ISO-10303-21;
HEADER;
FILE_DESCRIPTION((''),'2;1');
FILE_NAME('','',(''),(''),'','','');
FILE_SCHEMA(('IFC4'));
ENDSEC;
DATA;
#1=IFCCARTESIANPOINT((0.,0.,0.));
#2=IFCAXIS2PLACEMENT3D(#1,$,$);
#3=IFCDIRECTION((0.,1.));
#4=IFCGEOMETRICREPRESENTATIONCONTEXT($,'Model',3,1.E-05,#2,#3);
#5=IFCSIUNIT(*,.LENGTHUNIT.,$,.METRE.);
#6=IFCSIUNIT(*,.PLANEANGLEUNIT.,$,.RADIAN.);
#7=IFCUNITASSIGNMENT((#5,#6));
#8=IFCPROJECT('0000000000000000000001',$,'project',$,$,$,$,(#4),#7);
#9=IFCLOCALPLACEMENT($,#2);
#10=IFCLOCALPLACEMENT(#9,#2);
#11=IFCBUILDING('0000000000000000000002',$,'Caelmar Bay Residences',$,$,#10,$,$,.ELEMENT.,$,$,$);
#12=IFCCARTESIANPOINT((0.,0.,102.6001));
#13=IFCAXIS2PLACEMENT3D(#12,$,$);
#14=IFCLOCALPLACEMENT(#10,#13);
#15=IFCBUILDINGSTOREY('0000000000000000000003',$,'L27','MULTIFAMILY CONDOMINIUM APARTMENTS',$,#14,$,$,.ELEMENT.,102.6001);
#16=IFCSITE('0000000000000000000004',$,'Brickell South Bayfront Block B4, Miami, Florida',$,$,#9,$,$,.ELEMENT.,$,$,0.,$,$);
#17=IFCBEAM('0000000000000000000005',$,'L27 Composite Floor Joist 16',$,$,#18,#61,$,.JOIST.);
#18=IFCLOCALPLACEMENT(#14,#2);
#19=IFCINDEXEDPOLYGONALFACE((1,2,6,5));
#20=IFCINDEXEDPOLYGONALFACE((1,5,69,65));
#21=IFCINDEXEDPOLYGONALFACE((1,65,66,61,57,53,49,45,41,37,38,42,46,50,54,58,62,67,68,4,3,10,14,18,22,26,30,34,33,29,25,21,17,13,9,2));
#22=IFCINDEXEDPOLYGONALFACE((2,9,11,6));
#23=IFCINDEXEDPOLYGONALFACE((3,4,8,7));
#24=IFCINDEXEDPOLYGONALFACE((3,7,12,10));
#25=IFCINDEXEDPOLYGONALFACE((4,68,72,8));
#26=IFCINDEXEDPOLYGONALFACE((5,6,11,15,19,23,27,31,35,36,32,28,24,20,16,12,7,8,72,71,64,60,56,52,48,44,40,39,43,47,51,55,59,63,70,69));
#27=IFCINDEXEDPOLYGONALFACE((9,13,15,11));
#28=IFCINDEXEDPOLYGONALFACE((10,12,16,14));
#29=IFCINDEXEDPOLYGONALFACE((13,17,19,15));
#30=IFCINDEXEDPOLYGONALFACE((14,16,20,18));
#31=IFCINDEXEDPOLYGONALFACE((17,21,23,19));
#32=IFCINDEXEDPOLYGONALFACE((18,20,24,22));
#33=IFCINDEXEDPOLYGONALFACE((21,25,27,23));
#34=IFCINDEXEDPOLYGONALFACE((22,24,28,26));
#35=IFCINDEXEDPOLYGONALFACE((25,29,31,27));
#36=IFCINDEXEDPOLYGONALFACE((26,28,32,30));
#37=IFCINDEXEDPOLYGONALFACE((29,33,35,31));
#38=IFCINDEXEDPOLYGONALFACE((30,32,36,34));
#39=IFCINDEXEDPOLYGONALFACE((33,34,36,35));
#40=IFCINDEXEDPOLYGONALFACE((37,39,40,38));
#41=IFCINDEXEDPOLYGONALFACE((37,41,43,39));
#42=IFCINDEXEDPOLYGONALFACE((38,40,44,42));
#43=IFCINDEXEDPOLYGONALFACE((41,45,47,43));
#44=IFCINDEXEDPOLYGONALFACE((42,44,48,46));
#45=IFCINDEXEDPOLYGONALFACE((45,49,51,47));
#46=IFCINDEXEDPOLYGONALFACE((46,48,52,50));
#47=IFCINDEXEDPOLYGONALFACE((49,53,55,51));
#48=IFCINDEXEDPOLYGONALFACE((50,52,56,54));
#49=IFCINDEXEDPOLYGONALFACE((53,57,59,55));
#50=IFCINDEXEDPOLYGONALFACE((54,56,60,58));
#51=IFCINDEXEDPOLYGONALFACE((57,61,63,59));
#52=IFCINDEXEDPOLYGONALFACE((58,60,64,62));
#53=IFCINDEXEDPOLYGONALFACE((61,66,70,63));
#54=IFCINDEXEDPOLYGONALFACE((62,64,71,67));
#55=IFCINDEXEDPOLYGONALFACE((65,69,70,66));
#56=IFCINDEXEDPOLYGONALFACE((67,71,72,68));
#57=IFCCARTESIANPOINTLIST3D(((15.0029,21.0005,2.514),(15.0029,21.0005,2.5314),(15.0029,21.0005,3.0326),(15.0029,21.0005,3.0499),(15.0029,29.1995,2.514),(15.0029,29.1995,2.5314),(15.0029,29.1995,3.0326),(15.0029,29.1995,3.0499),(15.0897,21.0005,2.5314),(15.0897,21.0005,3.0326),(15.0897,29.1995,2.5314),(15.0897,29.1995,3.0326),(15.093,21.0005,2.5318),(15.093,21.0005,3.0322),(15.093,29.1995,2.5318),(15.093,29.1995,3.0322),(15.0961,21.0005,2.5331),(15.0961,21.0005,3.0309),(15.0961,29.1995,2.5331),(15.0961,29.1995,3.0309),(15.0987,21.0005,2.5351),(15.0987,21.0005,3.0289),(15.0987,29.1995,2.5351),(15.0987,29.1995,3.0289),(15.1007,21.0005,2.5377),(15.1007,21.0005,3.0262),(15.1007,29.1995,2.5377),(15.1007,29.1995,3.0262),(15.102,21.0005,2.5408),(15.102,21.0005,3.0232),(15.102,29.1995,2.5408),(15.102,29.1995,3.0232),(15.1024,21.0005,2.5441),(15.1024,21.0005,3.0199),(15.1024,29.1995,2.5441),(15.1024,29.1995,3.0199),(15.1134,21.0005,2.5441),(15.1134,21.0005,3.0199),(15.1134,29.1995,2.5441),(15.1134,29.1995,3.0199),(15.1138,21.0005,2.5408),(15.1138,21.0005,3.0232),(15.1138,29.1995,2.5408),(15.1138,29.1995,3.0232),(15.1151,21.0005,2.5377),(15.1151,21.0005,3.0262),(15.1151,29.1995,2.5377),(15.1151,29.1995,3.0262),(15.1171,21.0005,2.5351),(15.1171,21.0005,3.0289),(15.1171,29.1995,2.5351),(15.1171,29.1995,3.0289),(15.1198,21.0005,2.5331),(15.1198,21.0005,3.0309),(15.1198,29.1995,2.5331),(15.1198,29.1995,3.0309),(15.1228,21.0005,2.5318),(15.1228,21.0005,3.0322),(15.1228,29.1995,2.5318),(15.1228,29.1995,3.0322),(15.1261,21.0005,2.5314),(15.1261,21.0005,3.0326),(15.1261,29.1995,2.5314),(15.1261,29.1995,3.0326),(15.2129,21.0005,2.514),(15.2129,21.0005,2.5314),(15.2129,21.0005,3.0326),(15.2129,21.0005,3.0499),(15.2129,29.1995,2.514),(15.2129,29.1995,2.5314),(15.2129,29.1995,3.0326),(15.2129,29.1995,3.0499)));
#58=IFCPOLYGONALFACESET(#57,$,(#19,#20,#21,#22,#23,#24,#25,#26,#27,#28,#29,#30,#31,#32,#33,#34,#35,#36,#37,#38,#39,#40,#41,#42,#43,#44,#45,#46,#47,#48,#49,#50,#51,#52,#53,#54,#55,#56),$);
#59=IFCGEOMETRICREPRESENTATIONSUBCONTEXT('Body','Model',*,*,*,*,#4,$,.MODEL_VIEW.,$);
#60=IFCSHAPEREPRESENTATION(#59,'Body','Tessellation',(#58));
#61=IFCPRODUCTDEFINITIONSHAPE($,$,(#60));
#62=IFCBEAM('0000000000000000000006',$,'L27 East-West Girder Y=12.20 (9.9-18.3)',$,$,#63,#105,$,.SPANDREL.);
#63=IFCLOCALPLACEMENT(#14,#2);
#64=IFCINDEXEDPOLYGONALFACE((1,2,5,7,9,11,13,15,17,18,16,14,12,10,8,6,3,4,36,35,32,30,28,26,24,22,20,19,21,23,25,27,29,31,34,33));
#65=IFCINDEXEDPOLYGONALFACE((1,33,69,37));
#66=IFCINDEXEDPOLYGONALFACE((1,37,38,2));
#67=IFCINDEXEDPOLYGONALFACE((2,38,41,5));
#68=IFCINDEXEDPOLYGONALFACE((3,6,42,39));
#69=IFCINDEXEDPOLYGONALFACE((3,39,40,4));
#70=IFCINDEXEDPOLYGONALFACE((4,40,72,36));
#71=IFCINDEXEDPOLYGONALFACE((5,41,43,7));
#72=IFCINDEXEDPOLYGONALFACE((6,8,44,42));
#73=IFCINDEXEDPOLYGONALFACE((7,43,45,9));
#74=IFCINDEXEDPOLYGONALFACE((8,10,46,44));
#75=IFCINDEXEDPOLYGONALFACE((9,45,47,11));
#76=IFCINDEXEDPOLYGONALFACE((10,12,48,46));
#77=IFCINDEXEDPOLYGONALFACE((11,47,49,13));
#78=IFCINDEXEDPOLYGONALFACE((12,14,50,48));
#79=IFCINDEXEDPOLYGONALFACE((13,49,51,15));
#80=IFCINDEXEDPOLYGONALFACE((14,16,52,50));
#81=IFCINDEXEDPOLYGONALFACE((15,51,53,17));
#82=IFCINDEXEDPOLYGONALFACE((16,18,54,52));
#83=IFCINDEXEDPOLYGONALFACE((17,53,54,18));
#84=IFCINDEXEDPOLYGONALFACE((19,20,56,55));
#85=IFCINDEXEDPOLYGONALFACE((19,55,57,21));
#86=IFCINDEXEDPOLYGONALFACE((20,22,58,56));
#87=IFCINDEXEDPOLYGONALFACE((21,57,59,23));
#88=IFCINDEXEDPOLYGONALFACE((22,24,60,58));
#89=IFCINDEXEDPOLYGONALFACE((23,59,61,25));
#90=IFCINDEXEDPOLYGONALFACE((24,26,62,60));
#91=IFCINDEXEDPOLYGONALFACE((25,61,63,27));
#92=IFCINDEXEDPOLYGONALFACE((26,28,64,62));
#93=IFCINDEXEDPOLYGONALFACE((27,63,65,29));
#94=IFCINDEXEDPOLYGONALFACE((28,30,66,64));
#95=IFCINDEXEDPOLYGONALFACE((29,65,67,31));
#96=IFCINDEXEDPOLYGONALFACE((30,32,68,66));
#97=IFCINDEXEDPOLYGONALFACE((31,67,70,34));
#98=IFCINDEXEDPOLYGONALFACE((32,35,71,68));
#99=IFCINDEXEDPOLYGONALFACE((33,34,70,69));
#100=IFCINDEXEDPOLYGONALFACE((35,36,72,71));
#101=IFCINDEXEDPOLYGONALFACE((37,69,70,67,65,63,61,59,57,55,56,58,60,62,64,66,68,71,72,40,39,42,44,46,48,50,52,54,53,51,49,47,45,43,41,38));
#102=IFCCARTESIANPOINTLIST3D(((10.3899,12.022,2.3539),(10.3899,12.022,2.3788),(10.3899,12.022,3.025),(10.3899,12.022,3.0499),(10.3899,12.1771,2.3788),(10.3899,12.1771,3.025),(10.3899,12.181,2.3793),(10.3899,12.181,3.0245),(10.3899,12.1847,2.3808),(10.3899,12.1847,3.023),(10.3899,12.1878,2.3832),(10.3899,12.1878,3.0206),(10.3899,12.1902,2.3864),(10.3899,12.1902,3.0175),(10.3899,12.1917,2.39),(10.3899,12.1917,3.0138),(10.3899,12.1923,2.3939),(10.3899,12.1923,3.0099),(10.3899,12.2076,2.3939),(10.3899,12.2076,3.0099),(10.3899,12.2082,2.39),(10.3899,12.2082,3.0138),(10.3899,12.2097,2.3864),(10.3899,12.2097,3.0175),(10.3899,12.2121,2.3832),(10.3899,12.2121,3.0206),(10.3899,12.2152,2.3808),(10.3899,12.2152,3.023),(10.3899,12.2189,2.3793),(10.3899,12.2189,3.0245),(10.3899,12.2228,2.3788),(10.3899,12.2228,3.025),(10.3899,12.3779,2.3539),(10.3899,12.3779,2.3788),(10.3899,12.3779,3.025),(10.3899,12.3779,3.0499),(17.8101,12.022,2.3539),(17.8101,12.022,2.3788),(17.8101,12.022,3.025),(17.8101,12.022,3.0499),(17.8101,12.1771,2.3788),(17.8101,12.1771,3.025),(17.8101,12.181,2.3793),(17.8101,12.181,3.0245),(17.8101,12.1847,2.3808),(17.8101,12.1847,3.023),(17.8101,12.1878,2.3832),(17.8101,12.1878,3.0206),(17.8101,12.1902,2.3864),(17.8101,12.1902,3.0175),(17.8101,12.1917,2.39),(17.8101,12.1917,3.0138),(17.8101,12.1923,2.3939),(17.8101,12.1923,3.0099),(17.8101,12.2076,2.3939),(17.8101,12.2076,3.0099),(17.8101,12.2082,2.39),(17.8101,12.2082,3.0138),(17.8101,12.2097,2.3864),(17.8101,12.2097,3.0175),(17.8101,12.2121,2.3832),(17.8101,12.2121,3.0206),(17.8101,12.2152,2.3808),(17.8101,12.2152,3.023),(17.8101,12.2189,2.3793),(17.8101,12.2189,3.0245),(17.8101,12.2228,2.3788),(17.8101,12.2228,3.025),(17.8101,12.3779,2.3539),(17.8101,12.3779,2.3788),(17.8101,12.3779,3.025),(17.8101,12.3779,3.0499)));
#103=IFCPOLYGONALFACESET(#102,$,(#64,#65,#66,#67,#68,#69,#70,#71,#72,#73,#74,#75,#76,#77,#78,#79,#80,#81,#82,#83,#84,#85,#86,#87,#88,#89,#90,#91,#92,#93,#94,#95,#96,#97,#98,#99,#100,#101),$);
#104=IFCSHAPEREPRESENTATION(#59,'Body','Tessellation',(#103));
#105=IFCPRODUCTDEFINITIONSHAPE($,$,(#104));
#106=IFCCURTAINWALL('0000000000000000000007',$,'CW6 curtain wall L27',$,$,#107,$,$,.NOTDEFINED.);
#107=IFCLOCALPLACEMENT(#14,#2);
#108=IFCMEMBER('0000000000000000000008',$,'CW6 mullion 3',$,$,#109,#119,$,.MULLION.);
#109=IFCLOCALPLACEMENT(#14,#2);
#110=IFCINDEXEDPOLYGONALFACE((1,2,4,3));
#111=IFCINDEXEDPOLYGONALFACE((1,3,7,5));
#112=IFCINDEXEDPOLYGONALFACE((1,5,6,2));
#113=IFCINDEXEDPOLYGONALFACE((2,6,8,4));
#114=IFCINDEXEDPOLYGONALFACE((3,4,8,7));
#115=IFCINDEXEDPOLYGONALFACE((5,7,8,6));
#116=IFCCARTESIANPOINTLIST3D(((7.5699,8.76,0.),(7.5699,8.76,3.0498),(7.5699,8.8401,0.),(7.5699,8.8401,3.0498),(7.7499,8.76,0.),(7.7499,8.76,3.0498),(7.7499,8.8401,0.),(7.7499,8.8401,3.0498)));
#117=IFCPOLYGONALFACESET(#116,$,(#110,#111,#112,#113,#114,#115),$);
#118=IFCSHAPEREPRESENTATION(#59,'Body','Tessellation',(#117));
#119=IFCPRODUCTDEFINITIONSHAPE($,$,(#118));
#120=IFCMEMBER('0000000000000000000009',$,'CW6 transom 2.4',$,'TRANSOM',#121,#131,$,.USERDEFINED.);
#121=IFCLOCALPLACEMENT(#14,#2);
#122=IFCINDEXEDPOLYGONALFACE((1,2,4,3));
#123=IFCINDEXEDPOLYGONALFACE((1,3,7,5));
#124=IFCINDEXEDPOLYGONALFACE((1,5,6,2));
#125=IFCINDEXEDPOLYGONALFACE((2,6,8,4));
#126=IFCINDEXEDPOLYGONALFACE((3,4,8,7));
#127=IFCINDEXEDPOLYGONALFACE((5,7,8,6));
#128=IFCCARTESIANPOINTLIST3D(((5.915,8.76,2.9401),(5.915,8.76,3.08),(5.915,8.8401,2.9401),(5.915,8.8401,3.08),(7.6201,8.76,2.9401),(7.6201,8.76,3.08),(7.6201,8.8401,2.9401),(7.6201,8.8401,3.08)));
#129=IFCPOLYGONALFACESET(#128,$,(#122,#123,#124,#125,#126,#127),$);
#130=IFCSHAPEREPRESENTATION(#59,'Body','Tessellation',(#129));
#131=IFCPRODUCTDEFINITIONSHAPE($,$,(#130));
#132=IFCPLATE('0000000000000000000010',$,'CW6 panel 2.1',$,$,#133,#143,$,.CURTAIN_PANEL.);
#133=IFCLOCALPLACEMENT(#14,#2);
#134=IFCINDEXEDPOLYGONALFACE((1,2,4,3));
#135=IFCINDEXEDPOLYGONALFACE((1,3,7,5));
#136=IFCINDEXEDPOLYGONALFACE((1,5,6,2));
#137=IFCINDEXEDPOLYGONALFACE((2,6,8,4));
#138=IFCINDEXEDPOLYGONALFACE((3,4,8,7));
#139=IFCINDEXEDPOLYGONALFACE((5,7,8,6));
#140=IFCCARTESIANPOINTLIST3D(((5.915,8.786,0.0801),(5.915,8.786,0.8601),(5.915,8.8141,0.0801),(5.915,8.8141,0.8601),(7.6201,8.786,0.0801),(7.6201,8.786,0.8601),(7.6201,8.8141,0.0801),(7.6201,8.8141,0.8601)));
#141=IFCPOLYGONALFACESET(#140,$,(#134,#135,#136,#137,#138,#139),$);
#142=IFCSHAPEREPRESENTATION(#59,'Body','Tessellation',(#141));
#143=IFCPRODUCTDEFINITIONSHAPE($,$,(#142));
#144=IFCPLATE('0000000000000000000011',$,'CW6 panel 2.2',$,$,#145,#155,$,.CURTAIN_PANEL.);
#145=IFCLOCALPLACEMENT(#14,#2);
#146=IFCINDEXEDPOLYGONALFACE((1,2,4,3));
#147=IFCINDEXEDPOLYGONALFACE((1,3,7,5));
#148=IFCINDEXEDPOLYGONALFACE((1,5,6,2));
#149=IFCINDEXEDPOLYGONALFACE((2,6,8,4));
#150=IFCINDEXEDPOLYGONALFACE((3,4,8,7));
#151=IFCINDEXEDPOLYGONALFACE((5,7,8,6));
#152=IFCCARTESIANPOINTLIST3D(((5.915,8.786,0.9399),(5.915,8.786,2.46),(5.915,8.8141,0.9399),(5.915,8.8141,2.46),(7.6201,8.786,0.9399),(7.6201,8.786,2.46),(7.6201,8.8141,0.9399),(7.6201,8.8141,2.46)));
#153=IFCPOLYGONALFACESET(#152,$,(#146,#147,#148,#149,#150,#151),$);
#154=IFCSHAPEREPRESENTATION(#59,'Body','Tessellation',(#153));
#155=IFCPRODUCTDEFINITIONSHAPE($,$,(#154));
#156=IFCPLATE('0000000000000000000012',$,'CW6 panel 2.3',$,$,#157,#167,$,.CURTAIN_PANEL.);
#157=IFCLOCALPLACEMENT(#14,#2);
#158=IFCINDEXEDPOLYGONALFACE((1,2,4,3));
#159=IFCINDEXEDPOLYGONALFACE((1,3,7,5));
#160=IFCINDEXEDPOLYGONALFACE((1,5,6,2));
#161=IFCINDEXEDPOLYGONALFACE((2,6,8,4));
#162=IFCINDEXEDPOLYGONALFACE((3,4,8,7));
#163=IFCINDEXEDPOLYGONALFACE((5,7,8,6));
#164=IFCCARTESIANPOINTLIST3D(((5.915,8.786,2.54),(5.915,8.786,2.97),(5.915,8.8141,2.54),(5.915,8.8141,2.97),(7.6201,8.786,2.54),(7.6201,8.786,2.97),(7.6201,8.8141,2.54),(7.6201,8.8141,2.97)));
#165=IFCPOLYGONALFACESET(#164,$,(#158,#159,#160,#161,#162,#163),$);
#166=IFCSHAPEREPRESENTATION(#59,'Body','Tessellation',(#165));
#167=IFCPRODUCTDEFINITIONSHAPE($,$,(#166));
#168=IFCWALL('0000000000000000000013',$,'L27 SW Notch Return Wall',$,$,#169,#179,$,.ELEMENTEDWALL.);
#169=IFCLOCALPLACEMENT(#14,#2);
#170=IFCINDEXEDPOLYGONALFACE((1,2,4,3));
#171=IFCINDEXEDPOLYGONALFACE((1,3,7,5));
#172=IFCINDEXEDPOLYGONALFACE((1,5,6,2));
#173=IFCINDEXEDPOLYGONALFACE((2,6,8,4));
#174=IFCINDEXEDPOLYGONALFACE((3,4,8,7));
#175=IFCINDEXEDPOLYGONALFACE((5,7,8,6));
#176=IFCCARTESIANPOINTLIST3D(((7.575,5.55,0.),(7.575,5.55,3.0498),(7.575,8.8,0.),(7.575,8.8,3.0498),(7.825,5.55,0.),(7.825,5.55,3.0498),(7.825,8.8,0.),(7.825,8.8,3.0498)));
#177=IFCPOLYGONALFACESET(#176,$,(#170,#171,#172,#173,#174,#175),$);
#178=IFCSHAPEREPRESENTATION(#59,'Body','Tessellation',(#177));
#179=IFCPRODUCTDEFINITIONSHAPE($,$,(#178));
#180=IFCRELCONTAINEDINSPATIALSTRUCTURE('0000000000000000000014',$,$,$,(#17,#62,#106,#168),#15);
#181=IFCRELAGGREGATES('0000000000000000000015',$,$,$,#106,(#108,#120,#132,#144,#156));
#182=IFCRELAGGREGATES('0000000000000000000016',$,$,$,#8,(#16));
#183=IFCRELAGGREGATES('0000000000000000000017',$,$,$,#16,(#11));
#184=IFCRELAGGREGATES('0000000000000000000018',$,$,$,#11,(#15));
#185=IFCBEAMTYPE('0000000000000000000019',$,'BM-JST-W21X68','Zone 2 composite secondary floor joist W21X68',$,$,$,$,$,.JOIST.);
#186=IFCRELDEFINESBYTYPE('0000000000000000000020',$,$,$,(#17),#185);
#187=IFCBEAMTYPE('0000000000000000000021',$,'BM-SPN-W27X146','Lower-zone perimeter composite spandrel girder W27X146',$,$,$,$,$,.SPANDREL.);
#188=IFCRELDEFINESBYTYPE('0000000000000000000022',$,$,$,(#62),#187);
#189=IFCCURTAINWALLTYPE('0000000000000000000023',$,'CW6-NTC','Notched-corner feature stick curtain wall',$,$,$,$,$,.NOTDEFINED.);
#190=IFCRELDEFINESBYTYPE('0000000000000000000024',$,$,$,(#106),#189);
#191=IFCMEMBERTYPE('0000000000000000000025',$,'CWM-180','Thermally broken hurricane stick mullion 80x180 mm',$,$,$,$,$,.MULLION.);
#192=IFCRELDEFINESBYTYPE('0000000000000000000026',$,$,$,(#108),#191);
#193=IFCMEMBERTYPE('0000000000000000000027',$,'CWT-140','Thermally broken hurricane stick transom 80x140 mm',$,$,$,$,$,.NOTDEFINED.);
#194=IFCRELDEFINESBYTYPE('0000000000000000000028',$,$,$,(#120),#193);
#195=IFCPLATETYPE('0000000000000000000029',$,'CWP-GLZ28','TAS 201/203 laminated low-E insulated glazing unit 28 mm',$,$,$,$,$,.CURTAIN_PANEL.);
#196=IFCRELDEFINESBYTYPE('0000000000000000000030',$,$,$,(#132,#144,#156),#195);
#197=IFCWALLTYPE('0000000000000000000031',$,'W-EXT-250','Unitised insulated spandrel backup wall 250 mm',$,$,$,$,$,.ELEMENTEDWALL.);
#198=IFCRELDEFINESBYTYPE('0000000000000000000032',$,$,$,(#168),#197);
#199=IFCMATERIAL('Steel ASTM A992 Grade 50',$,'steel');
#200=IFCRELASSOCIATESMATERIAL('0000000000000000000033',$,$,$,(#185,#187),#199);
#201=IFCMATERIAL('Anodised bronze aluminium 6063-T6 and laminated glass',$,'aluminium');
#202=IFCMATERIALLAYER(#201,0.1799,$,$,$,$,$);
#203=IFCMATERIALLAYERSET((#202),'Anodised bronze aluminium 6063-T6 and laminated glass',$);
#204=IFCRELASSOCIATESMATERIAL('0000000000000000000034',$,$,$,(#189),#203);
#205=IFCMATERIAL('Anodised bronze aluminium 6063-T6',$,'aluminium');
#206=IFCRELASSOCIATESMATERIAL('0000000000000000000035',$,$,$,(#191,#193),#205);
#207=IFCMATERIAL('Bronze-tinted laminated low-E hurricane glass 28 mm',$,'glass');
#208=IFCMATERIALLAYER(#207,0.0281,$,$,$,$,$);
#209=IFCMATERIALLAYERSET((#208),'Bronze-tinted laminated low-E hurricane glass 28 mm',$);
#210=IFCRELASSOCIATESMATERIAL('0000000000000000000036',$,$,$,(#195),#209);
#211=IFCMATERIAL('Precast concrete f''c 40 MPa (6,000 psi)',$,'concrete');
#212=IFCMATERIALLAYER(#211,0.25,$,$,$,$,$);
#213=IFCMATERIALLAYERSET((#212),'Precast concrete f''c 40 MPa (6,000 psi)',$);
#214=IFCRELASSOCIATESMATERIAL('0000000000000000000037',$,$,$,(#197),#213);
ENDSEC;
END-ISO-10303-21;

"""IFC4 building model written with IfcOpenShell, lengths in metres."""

from ifc_helpers import new_model, si_unit, direction, frame, frame_2d, origin, origin_2d, place, context, subcontext, project, spatial, rectangle, i_section, extrude, material, layer, layer_set, material_profile, profile_set, type_object, element, aggregate, save


model = new_model("IFC4")

# Units and contexts
model_context = context("Model", 3, precision=1e-05, world=origin(), true_north=direction((0.0, 1.0)))
body_context = subcontext(model_context, "Body", "Model", "MODEL_VIEW")
ifc_project = project(units=[si_unit("LENGTHUNIT", "METRE"), si_unit("PLANEANGLEUNIT", "RADIAN")], contexts=[model_context])

# Site, building, storey
site_placement = place(None, origin())
site = spatial("IfcSite", under=ifc_project, at=site_placement, Name="Brickell South Bayfront Block B4, Miami, Florida", CompositionType="ELEMENT", RefElevation=0.0)
building_placement = place(site_placement, origin())
building = spatial("IfcBuilding", under=site, at=building_placement, Name="Caelmar Bay Residences", CompositionType="ELEMENT")
storey_placement = place(building_placement, frame((0.0, 0.0, 102.6001)))
storey = spatial("IfcBuildingStorey", under=building, at=storey_placement, Name="L27", Description="MULTIFAMILY CONDOMINIUM APARTMENTS", CompositionType="ELEMENT", Elevation=102.6001)

# Beams
ifc_material_1 = material(Name="Steel ASTM A992 Grade 50", Category="steel")
ifc_material_profile_1 = material_profile(ifc_material_1, i_section(OverallWidth=0.21, OverallDepth=0.5359, WebThickness=0.011, FlangeThickness=0.0173, FilletRadius=0.0127, at=origin_2d()), Name="W21X68")
ifc_profile_set_1 = profile_set([ifc_material_profile_1], Name="Steel ASTM A992 Grade 50")
beam_type_1 = type_object("IfcBeamType", Name="BM-JST-W21X68", Description="Zone 2 composite secondary floor joist W21X68", PredefinedType="JOIST", material=ifc_profile_set_1)
beam_1_placement = place(storey_placement, frame((15.1079, 21.0005, 2.782), z_axis=(0.0, 1.0, 0.0), x_axis=(-1.0, 0.0, 0.0)))
element("IfcBeam", 1, at=beam_1_placement, inside=storey, type_object=beam_type_1, Name="L27 Composite Floor Joist 16", PredefinedType="JOIST", context=body_context, shape_type="SweptSolid", body=[
    extrude(i_section(OverallWidth=0.21, OverallDepth=0.5359, WebThickness=0.011, FlangeThickness=0.0173, FilletRadius=0.0127, at=origin_2d()), origin(), (0.0, 0.0, 1.0), 8.199),
])
ifc_material_profile_2 = material_profile(ifc_material_1, i_section(OverallWidth=0.356, OverallDepth=0.696, WebThickness=0.0154, FlangeThickness=0.0249, FilletRadius=0.0151, at=origin_2d()), Name="W27X146")
ifc_profile_set_2 = profile_set([ifc_material_profile_2], Name="Steel ASTM A992 Grade 50")
beam_type_2 = type_object("IfcBeamType", Name="BM-SPN-W27X146", Description="Lower-zone perimeter composite spandrel girder W27X146", PredefinedType="SPANDREL", material=ifc_profile_set_2)
beam_2_placement = place(storey_placement, frame((10.3899, 12.2, 2.7019), z_axis=(1.0, 0.0, 0.0), x_axis=(0.0, 1.0, 0.0)))
element("IfcBeam", 2, at=beam_2_placement, inside=storey, type_object=beam_type_2, Name="L27 East-West Girder Y=12.20 (9.9-18.3)", PredefinedType="SPANDREL", context=body_context, shape_type="SweptSolid", body=[
    extrude(i_section(OverallWidth=0.356, OverallDepth=0.696, WebThickness=0.0154, FlangeThickness=0.0249, FilletRadius=0.0151, at=origin_2d()), origin(), (0.0, 0.0, 1.0), 7.4202),
])

# Curtain wall, members, plates
ifc_material_2 = material(Name="Anodised bronze aluminium 6063-T6 and laminated glass", Category="aluminium")
ifc_layer_1 = layer(ifc_material_2, 0.1799)
ifc_layer_set_1 = layer_set([ifc_layer_1], Name="Anodised bronze aluminium 6063-T6 and laminated glass")
curtain_wall_type = type_object("IfcCurtainWallType", Name="CW6-NTC", Description="Notched-corner feature stick curtain wall", PredefinedType="NOTDEFINED", material=ifc_layer_set_1)
curtain_wall_placement = place(storey_placement, origin())
curtain_wall = element("IfcCurtainWall", 3, at=curtain_wall_placement, inside=storey, type_object=curtain_wall_type, Name="CW6 curtain wall L27", PredefinedType="NOTDEFINED")
ifc_material_3 = material(Name="Anodised bronze aluminium 6063-T6", Category="aluminium")
ifc_material_profile_3 = material_profile(ifc_material_3, rectangle(XDim=0.0801, YDim=0.1799, at=origin_2d()), Name="CWM-80X180")
ifc_profile_set_3 = profile_set([ifc_material_profile_3], Name="Anodised bronze aluminium 6063-T6")
member_type_1 = type_object("IfcMemberType", Name="CWM-180", Description="Thermally broken hurricane stick mullion 80x180 mm", PredefinedType="MULLION", material=ifc_profile_set_3)
member_1_placement = place(storey_placement, frame((7.6599, 8.8, 0.0), z_axis=(0.0, 0.0, 1.0), x_axis=(0.0, 1.0, 0.0)))
member_1 = element("IfcMember", 4, at=member_1_placement, type_object=member_type_1, Name="CW6 mullion 3", PredefinedType="MULLION", context=body_context, shape_type="SweptSolid", body=[
    extrude(rectangle(XDim=0.0801, YDim=0.1799, at=origin_2d()), origin(), (0.0, 0.0, 1.0), 3.0498),
])
ifc_material_profile_4 = material_profile(ifc_material_3, rectangle(XDim=0.0801, YDim=0.1399, at=origin_2d()), Name="CWT-80X140")
ifc_profile_set_4 = profile_set([ifc_material_profile_4], Name="Anodised bronze aluminium 6063-T6")
member_type_2 = type_object("IfcMemberType", Name="CWT-140", Description="Thermally broken hurricane stick transom 80x140 mm", PredefinedType="NOTDEFINED", material=ifc_profile_set_4)
member_2_placement = place(storey_placement, frame((5.915, 8.8, 3.01), z_axis=(1.0, 0.0, 0.0), x_axis=(0.0, 1.0, 0.0)))
member_2 = element("IfcMember", 5, at=member_2_placement, type_object=member_type_2, Name="CW6 transom 2.4", ObjectType="TRANSOM", PredefinedType="USERDEFINED", context=body_context, shape_type="SweptSolid", body=[
    extrude(rectangle(XDim=0.0801, YDim=0.1399, at=origin_2d()), origin(), (0.0, 0.0, 1.0), 1.7051),
])
ifc_material_4 = material(Name="Bronze-tinted laminated low-E hurricane glass 28 mm", Category="glass")
ifc_layer_2 = layer(ifc_material_4, 0.0281)
ifc_layer_set_2 = layer_set([ifc_layer_2], Name="Bronze-tinted laminated low-E hurricane glass 28 mm")
plate_type = type_object("IfcPlateType", Name="CWP-GLZ28", Description="TAS 201/203 laminated low-E insulated glazing unit 28 mm", PredefinedType="CURTAIN_PANEL", material=ifc_layer_set_2)
plate_1_placement = place(storey_placement, frame((6.7676, 8.8, 0.0801), z_axis=(0.0, 0.0, 1.0), x_axis=(1.0, 0.0, 0.0)))
plate_1 = element("IfcPlate", 6, at=plate_1_placement, type_object=plate_type, Name="CW6 panel 2.1", PredefinedType="CURTAIN_PANEL", context=body_context, shape_type="SweptSolid", body=[
    extrude(rectangle(XDim=1.7051, YDim=0.0281, at=origin_2d()), origin(), (0.0, 0.0, 1.0), 0.78),
])
plate_2_placement = place(storey_placement, frame((6.7676, 8.8, 0.9399), z_axis=(0.0, 0.0, 1.0), x_axis=(1.0, 0.0, 0.0)))
plate_2 = element("IfcPlate", 7, at=plate_2_placement, type_object=plate_type, Name="CW6 panel 2.2", PredefinedType="CURTAIN_PANEL", context=body_context, shape_type="SweptSolid", body=[
    extrude(rectangle(XDim=1.7051, YDim=0.0281, at=origin_2d()), origin(), (0.0, 0.0, 1.0), 1.52),
])
plate_3_placement = place(storey_placement, frame((6.7676, 8.8, 2.54), z_axis=(0.0, 0.0, 1.0), x_axis=(1.0, 0.0, 0.0)))
plate_3 = element("IfcPlate", 8, at=plate_3_placement, type_object=plate_type, Name="CW6 panel 2.3", PredefinedType="CURTAIN_PANEL", context=body_context, shape_type="SweptSolid", body=[
    extrude(rectangle(XDim=1.7051, YDim=0.0281, at=origin_2d()), origin(), (0.0, 0.0, 1.0), 0.4299),
])
aggregate(curtain_wall, [member_1, member_2, plate_1, plate_2, plate_3])

# Wall
ifc_material_5 = material(Name="Precast concrete f'c 40 MPa (6,000 psi)", Category="concrete")
ifc_layer_3 = layer(ifc_material_5, 0.25)
ifc_layer_set_3 = layer_set([ifc_layer_3], Name="Precast concrete f'c 40 MPa (6,000 psi)")
wall_type_1 = type_object("IfcWallType", Name="W-EXT-250", Description="Unitised insulated spandrel backup wall 250 mm", PredefinedType="ELEMENTEDWALL", material=ifc_layer_set_3)
wall_1_placement = place(storey_placement, frame((7.7, 8.8, 0.0), z_axis=(0.0, 0.0, 1.0), x_axis=(0.0, -1.0, 0.0)))
element("IfcWall", 9, at=wall_1_placement, inside=storey, type_object=wall_type_1, Name="L27 SW Notch Return Wall", PredefinedType="ELEMENTEDWALL", context=body_context, shape_type="SweptSolid", body=[
    extrude(rectangle(XDim=3.25, YDim=0.25, at=frame_2d((1.625, 0.0))), origin(), (0.0, 0.0, 1.0), 3.0498),
])

save(model, "model.ifc")
